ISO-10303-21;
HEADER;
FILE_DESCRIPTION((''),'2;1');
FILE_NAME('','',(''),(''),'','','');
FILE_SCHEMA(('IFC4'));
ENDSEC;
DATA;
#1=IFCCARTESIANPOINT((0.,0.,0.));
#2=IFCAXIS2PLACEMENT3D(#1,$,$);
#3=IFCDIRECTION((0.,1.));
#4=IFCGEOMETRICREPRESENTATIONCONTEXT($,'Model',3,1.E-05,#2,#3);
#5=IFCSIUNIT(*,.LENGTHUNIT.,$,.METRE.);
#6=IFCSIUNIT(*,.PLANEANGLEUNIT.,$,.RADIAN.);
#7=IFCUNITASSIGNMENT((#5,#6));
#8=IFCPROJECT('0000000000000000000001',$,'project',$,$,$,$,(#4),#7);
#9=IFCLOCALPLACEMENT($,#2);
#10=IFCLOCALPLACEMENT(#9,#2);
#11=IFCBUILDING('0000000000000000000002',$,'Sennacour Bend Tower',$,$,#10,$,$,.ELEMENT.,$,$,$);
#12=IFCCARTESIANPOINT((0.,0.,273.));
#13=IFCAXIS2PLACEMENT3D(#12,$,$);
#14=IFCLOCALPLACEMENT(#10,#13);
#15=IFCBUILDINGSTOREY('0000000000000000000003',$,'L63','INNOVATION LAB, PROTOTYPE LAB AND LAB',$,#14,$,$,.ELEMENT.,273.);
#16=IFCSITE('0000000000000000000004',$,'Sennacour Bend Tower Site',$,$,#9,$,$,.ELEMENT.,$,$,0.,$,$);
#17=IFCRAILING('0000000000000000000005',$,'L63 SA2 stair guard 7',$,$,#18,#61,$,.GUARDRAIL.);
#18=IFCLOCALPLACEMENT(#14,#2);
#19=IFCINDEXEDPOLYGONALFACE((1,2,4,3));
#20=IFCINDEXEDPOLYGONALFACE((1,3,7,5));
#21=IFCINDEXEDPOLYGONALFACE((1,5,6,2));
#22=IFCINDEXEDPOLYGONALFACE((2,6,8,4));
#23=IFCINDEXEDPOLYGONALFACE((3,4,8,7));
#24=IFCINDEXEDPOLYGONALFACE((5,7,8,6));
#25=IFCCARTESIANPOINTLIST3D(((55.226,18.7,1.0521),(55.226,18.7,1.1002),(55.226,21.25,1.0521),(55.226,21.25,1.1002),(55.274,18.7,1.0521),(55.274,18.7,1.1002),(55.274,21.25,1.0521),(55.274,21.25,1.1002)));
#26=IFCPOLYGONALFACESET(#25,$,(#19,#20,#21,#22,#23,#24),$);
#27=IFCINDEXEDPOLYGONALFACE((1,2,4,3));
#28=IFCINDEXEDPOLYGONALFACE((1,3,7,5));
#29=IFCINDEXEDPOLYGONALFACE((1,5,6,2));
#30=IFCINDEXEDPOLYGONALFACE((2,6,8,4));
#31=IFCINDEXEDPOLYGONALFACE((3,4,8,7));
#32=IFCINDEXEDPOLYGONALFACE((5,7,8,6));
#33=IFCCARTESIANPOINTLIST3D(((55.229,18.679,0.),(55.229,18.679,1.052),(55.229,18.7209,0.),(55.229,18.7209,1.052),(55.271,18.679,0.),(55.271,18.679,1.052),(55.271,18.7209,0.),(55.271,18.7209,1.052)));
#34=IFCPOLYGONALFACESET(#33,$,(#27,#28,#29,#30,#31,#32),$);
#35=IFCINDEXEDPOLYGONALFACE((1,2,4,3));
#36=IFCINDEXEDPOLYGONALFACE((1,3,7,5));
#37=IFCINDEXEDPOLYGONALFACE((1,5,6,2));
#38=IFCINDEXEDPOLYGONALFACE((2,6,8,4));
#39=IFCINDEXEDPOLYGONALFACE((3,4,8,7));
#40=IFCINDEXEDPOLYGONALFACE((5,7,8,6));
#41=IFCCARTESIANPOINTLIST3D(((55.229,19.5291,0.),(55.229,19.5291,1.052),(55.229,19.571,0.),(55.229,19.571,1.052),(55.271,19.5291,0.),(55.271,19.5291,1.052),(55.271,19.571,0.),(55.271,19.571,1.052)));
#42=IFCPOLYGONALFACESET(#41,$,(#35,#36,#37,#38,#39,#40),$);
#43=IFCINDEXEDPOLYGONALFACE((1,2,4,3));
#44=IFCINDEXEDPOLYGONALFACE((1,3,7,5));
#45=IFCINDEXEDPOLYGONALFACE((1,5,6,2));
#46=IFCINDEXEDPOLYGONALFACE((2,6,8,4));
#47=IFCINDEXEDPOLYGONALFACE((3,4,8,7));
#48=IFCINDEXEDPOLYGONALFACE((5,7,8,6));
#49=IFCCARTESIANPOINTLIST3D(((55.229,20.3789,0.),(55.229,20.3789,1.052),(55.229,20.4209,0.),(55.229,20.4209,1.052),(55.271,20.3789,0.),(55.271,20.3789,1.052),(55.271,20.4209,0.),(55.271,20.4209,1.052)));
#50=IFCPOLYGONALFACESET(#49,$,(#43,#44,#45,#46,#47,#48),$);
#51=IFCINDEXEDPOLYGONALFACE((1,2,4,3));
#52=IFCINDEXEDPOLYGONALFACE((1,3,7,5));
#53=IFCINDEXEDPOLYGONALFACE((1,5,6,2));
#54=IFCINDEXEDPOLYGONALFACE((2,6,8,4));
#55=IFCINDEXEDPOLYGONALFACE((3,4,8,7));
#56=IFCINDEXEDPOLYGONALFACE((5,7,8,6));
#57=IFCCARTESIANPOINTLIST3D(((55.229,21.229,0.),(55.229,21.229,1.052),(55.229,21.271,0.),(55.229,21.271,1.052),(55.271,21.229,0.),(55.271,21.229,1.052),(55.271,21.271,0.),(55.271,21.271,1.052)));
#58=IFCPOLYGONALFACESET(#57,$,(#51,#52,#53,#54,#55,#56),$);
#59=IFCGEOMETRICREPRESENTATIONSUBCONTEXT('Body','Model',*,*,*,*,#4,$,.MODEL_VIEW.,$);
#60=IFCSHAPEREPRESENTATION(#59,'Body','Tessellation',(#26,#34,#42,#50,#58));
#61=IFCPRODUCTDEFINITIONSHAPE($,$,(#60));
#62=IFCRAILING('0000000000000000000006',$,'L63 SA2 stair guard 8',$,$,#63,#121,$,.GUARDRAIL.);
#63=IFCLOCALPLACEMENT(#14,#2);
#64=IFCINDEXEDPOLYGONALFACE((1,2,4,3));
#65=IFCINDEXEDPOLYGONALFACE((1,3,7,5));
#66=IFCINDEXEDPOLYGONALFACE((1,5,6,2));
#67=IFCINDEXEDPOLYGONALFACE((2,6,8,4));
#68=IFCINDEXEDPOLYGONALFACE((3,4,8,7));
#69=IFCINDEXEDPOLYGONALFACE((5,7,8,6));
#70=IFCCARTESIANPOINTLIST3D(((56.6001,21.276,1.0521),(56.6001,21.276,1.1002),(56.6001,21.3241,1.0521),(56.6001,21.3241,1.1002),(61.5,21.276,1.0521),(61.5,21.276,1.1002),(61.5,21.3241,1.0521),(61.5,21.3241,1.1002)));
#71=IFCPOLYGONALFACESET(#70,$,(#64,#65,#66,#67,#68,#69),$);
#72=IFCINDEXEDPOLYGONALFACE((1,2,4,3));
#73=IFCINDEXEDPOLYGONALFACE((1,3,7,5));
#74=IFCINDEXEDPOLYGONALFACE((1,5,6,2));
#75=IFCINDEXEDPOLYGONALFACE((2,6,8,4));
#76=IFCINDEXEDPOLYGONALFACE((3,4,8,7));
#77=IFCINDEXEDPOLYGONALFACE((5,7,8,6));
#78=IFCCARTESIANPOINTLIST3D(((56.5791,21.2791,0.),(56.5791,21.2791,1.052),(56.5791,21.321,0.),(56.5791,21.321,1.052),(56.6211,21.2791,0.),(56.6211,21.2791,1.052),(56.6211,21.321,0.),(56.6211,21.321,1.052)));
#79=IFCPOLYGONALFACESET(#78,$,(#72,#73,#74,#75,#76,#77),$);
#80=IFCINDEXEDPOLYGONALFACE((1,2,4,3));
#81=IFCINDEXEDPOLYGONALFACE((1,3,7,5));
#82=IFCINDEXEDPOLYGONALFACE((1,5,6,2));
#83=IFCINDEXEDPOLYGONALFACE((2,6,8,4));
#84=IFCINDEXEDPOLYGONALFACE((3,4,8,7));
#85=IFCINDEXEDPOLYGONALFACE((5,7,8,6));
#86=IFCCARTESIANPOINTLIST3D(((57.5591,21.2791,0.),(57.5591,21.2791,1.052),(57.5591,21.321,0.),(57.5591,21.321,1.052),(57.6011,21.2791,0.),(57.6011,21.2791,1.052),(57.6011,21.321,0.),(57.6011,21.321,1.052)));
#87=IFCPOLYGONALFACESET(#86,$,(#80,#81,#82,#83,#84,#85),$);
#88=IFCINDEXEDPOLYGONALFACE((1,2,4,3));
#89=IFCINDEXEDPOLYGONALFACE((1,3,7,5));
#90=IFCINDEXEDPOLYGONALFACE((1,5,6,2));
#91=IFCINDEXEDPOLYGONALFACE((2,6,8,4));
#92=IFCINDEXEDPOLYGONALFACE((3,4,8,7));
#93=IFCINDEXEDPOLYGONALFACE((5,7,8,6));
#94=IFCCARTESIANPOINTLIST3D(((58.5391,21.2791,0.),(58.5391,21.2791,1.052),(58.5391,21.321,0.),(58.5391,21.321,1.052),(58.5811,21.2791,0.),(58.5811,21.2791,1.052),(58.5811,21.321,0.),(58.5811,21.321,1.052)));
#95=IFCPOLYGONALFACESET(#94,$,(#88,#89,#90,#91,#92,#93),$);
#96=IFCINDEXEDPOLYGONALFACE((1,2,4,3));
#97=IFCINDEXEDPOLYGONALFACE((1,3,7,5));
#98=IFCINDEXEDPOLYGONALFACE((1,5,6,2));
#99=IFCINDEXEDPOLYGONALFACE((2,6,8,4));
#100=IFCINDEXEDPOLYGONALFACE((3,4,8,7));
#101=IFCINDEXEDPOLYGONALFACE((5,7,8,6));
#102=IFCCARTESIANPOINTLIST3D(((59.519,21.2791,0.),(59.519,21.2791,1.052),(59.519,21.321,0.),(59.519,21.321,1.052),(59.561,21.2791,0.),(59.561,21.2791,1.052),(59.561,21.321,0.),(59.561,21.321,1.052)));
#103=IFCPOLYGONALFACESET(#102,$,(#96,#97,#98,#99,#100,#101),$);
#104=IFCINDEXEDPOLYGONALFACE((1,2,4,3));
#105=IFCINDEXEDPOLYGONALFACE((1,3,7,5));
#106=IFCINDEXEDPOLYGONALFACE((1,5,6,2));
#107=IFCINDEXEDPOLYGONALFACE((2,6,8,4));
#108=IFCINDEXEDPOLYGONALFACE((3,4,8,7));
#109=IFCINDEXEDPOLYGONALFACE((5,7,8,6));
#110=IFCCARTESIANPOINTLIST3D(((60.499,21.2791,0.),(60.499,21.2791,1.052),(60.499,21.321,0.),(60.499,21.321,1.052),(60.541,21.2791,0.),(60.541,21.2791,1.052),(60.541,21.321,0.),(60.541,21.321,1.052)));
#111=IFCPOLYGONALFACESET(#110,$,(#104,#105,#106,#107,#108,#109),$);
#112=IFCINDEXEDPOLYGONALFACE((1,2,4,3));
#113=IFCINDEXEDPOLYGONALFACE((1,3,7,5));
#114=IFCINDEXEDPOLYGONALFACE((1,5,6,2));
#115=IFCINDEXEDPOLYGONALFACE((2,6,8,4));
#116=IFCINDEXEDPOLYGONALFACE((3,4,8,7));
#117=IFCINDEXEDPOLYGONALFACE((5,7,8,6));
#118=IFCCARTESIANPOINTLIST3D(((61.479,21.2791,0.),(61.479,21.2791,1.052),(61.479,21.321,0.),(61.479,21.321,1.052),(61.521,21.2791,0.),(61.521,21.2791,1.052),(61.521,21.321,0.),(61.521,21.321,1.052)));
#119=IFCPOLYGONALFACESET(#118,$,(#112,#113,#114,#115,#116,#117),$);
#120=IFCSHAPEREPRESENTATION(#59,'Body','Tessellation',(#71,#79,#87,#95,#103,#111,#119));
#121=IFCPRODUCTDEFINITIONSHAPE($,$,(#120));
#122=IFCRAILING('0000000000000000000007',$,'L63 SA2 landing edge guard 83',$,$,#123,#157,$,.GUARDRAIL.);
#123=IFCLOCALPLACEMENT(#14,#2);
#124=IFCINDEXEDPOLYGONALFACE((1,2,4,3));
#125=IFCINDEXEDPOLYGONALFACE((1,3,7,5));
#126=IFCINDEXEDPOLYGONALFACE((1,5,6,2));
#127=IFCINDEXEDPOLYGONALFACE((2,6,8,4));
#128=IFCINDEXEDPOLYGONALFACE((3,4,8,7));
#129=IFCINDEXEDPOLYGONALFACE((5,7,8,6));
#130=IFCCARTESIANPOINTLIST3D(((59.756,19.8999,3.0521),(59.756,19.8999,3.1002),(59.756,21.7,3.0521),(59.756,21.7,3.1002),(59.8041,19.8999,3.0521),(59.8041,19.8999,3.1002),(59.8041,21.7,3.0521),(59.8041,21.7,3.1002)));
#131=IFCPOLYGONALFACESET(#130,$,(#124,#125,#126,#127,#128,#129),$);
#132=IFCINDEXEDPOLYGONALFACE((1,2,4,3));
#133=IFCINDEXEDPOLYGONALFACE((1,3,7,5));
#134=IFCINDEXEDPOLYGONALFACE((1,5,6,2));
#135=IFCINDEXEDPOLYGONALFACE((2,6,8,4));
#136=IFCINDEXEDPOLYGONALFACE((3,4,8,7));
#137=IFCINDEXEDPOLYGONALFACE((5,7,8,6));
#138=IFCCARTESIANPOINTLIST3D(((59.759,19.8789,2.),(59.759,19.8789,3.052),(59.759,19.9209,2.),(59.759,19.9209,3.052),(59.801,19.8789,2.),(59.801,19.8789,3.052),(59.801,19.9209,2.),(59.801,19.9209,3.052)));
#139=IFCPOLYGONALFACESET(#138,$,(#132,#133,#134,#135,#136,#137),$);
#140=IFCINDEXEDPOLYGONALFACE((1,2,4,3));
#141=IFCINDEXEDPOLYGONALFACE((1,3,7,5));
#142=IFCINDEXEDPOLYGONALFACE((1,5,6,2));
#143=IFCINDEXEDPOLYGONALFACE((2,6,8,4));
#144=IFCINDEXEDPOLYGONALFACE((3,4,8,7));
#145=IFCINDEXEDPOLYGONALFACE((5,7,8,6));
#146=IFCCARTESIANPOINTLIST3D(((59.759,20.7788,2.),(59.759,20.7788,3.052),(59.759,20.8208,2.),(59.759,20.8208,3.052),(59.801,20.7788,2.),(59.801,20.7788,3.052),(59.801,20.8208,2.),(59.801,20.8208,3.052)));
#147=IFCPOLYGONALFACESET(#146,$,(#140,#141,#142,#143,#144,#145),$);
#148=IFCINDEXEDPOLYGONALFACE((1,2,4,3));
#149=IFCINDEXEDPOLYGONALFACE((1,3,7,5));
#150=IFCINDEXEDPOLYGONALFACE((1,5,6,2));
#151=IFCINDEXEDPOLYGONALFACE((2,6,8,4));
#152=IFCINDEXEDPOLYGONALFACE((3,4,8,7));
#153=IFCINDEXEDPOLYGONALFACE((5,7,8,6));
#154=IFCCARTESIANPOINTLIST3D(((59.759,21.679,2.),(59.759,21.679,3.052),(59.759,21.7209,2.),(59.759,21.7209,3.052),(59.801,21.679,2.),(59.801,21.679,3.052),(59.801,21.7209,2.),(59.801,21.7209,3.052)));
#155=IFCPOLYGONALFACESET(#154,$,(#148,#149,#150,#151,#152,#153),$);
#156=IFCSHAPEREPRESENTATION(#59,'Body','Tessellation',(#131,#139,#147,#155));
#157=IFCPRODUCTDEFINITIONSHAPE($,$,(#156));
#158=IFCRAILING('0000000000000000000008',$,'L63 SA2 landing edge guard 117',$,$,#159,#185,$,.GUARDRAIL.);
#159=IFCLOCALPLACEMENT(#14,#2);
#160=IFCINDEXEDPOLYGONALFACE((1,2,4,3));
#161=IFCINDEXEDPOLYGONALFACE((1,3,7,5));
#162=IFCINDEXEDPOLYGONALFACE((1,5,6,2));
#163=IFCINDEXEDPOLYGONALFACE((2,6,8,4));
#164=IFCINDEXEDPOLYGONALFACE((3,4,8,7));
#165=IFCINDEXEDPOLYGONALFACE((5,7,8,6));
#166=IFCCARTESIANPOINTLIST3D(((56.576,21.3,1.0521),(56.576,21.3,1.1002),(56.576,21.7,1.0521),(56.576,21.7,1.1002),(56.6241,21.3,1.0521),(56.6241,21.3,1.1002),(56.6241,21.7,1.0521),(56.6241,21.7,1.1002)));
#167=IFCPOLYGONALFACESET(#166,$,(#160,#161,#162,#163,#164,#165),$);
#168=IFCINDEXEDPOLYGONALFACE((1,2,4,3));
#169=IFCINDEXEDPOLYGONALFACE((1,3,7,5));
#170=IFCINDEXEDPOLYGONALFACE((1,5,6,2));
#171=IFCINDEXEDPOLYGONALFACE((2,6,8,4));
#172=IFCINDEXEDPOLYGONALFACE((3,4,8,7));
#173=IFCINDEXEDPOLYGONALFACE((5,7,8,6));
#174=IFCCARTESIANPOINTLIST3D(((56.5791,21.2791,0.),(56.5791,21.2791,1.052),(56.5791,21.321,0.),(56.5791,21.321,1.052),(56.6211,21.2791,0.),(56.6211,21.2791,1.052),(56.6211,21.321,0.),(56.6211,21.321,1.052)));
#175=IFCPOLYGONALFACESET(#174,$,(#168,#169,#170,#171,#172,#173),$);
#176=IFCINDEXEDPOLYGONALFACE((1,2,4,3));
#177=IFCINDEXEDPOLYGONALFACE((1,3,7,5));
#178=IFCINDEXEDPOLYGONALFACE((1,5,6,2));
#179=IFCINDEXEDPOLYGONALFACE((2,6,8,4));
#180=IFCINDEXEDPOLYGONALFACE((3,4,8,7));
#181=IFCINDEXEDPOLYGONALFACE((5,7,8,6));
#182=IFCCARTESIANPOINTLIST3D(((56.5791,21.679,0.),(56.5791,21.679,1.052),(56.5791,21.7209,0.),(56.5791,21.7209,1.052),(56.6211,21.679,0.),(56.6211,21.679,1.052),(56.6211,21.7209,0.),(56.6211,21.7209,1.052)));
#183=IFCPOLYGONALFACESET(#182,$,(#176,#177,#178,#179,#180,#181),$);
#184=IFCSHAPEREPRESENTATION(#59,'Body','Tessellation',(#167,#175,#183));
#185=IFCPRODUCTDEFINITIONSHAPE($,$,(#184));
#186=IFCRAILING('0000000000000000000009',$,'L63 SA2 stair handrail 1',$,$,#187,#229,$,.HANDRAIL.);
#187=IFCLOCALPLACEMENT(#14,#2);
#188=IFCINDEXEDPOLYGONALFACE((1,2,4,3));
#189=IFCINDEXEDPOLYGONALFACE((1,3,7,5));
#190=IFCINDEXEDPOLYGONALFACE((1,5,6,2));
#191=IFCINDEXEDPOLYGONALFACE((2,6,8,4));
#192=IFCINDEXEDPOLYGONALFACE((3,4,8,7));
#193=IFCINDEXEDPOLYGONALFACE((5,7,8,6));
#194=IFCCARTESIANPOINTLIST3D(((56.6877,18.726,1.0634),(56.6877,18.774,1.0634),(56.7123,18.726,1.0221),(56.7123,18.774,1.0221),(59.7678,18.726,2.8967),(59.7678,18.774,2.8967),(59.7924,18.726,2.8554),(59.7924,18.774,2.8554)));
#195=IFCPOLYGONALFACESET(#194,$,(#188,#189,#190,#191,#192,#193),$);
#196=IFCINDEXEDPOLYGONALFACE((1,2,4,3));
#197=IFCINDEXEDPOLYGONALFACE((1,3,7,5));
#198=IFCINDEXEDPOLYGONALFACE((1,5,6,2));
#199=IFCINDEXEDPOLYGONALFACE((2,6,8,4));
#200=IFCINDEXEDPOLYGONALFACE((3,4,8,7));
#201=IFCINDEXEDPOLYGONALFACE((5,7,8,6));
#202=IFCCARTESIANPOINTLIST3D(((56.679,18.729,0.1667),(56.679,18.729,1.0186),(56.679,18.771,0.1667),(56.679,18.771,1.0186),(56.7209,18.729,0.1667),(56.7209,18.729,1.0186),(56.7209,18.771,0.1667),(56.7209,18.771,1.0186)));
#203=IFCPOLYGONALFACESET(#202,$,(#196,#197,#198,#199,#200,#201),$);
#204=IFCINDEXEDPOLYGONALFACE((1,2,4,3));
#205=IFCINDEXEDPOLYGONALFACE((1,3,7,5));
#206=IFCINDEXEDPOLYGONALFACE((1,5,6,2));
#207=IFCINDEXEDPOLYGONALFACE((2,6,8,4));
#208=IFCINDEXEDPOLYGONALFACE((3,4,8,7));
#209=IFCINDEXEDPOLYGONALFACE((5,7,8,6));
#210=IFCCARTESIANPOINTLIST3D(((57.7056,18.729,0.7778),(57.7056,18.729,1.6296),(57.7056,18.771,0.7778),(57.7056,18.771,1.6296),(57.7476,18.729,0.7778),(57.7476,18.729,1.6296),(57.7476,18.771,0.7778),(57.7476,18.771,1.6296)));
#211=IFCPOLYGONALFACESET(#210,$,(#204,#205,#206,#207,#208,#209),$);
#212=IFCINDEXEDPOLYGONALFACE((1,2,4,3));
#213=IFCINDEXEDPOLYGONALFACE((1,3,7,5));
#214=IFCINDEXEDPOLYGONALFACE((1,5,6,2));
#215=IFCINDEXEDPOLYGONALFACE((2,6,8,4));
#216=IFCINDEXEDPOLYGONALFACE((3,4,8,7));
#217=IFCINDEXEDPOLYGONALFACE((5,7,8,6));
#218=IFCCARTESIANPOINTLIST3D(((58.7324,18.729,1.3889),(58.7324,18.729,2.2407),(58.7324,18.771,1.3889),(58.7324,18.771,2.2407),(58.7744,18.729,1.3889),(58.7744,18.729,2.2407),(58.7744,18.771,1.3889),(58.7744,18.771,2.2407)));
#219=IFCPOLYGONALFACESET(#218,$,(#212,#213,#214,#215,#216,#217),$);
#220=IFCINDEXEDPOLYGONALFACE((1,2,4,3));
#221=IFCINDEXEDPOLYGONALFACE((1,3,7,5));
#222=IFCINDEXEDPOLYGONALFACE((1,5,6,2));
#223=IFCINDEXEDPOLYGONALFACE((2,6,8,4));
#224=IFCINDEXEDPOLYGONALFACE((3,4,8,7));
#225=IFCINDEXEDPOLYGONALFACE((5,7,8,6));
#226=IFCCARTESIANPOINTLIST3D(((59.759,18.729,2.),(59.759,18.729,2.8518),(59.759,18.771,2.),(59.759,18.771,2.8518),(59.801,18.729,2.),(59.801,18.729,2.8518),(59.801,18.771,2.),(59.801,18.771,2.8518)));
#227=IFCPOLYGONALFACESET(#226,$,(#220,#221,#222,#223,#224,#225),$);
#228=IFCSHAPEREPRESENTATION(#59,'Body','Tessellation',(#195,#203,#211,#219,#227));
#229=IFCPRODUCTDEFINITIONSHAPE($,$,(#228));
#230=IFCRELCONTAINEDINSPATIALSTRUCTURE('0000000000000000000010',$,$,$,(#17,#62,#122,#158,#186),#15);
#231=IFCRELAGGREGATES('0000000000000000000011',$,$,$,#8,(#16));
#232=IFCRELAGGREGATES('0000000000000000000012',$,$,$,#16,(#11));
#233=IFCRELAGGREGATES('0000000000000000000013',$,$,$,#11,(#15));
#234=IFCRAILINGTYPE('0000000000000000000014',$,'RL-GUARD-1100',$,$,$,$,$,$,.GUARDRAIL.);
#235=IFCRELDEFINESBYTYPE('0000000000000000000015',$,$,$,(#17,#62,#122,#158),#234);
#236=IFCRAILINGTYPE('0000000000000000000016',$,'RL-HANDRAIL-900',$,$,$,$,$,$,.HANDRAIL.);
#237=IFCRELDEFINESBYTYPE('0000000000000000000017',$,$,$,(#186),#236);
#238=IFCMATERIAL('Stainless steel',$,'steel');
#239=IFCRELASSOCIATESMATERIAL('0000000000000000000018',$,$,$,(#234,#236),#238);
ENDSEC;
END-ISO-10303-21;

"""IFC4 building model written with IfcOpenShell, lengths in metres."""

from ifc_helpers import new_model, si_unit, direction, frame, origin, origin_2d, place, context, subcontext, project, spatial, rectangle, extrude, material, type_object, element, save


model = new_model("IFC4")

# Units and contexts
model_context = context("Model", 3, precision=1e-05, world=origin(), true_north=direction((0.0, 1.0)))
body_context = subcontext(model_context, "Body", "Model", "MODEL_VIEW")
ifc_project = project(units=[si_unit("LENGTHUNIT", "METRE"), si_unit("PLANEANGLEUNIT", "RADIAN")], contexts=[model_context])

# Site, building, storey
site_placement = place(None, origin())
site = spatial("IfcSite", under=ifc_project, at=site_placement, Name="Sennacour Bend Tower Site", CompositionType="ELEMENT", RefElevation=0.0)
building_placement = place(site_placement, origin())
building = spatial("IfcBuilding", under=site, at=building_placement, Name="Sennacour Bend Tower", CompositionType="ELEMENT")
storey_placement = place(building_placement, frame((0.0, 0.0, 273.0)))
storey = spatial("IfcBuildingStorey", under=building, at=storey_placement, Name="L63", Description="INNOVATION LAB, PROTOTYPE LAB AND LAB", CompositionType="ELEMENT", Elevation=273.0)

# Railings
ifc_material_1 = material(Name="Stainless steel", Category="steel")
railing_type_1 = type_object("IfcRailingType", Name="RL-GUARD-1100", PredefinedType="GUARDRAIL", material=ifc_material_1)
railing_1_placement = place(storey_placement, frame((55.25, 18.7, 0.0)))
element("IfcRailing", 1, at=railing_1_placement, inside=storey, type_object=railing_type_1, Name="L63 SA2 stair guard 7", PredefinedType="GUARDRAIL", context=body_context, shape_type="SweptSolid", body=[
    extrude(rectangle(XDim=0.0481, YDim=0.0481, at=origin_2d()), frame((0.0, 0.0, 1.0762), z_axis=(0.0, 1.0, 0.0), x_axis=(-1.0, 0.0, 0.0)), (0.0, 0.0, 1.0), 2.55),
    extrude(rectangle(XDim=0.042, YDim=0.042, at=origin_2d()), origin(), (0.0, 0.0, 1.0), 1.052),
    extrude(rectangle(XDim=0.042, YDim=0.042, at=origin_2d()), frame((0.0, 0.8501, 0.0)), (0.0, 0.0, 1.0), 1.052),
    extrude(rectangle(XDim=0.042, YDim=0.042, at=origin_2d()), frame((0.0, 1.7, 0.0)), (0.0, 0.0, 1.0), 1.052),
    extrude(rectangle(XDim=0.042, YDim=0.042, at=origin_2d()), frame((0.0, 2.55, 0.0)), (0.0, 0.0, 1.0), 1.052),
])
railing_2_placement = place(storey_placement, frame((56.6001, 21.3, 0.0)))
element("IfcRailing", 2, at=railing_2_placement, inside=storey, type_object=railing_type_1, Name="L63 SA2 stair guard 8", PredefinedType="GUARDRAIL", context=body_context, shape_type="SweptSolid", body=[
    extrude(rectangle(XDim=0.0481, YDim=0.0481, at=origin_2d()), frame((0.0, 0.0, 1.0762), z_axis=(1.0, 0.0, 0.0), x_axis=(0.0, 1.0, 0.0)), (0.0, 0.0, 1.0), 4.8999),
    extrude(rectangle(XDim=0.042, YDim=0.042, at=origin_2d()), origin(), (0.0, 0.0, 1.0), 1.052),
    extrude(rectangle(XDim=0.042, YDim=0.042, at=origin_2d()), frame((0.98, 0.0, 0.0)), (0.0, 0.0, 1.0), 1.052),
    extrude(rectangle(XDim=0.042, YDim=0.042, at=origin_2d()), frame((1.96, 0.0, 0.0)), (0.0, 0.0, 1.0), 1.052),
    extrude(rectangle(XDim=0.042, YDim=0.042, at=origin_2d()), frame((2.9399, 0.0, 0.0)), (0.0, 0.0, 1.0), 1.052),
    extrude(rectangle(XDim=0.042, YDim=0.042, at=origin_2d()), frame((3.9199, 0.0, 0.0)), (0.0, 0.0, 1.0), 1.052),
    extrude(rectangle(XDim=0.042, YDim=0.042, at=origin_2d()), frame((4.8999, 0.0, 0.0)), (0.0, 0.0, 1.0), 1.052),
])
railing_3_placement = place(storey_placement, frame((59.78, 19.8999, 2.0)))
element("IfcRailing", 3, at=railing_3_placement, inside=storey, type_object=railing_type_1, Name="L63 SA2 landing edge guard 83", PredefinedType="GUARDRAIL", context=body_context, shape_type="SweptSolid", body=[
    extrude(rectangle(XDim=0.0481, YDim=0.0481, at=origin_2d()), frame((0.0, 0.0, 1.0762), z_axis=(0.0, 1.0, 0.0), x_axis=(-1.0, 0.0, 0.0)), (0.0, 0.0, 1.0), 1.8),
    extrude(rectangle(XDim=0.042, YDim=0.042, at=origin_2d()), origin(), (0.0, 0.0, 1.0), 1.052),
    extrude(rectangle(XDim=0.042, YDim=0.042, at=origin_2d()), frame((0.0, 0.8999, 0.0)), (0.0, 0.0, 1.0), 1.052),
    extrude(rectangle(XDim=0.042, YDim=0.042, at=origin_2d()), frame((0.0, 1.8, 0.0)), (0.0, 0.0, 1.0), 1.052),
])
railing_4_placement = place(storey_placement, frame((56.6001, 21.3, 0.0)))
element("IfcRailing", 4, at=railing_4_placement, inside=storey, type_object=railing_type_1, Name="L63 SA2 landing edge guard 117", PredefinedType="GUARDRAIL", context=body_context, shape_type="SweptSolid", body=[
    extrude(rectangle(XDim=0.0481, YDim=0.0481, at=origin_2d()), frame((0.0, 0.0, 1.0762), z_axis=(0.0, 1.0, 0.0), x_axis=(-1.0, 0.0, 0.0)), (0.0, 0.0, 1.0), 0.3999),
    extrude(rectangle(XDim=0.042, YDim=0.042, at=origin_2d()), origin(), (0.0, 0.0, 1.0), 1.052),
    extrude(rectangle(XDim=0.042, YDim=0.042, at=origin_2d()), frame((0.0, 0.3999, 0.0)), (0.0, 0.0, 1.0), 1.052),
])
railing_type_2 = type_object("IfcRailingType", Name="RL-HANDRAIL-900", PredefinedType="HANDRAIL", material=ifc_material_1)
railing_5_placement = place(storey_placement, frame((56.7, 18.75, 0.1667)))
element("IfcRailing", 5, at=railing_5_placement, inside=storey, type_object=railing_type_2, Name="L63 SA2 stair handrail 1", PredefinedType="HANDRAIL", context=body_context, shape_type="SweptSolid", body=[
    extrude(rectangle(XDim=0.0481, YDim=0.0481, at=origin_2d()), frame((0.0, 0.0, 0.876), z_axis=(0.859309, 0.0, 0.511458), x_axis=(0.0, 1.0, 0.0)), (0.0, 0.0, 1.0), 3.5845),
    extrude(rectangle(XDim=0.042, YDim=0.042, at=origin_2d()), origin(), (0.0, 0.0, 1.0), 0.8518),
    extrude(rectangle(XDim=0.042, YDim=0.042, at=origin_2d()), frame((1.0266, 0.0, 0.6111)), (0.0, 0.0, 1.0), 0.8518),
    extrude(rectangle(XDim=0.042, YDim=0.042, at=origin_2d()), frame((2.0535, 0.0, 1.2222)), (0.0, 0.0, 1.0), 0.8518),
    extrude(rectangle(XDim=0.042, YDim=0.042, at=origin_2d()), frame((3.0801, 0.0, 1.8333)), (0.0, 0.0, 1.0), 0.8518),
])

save(model, "model.ifc")
